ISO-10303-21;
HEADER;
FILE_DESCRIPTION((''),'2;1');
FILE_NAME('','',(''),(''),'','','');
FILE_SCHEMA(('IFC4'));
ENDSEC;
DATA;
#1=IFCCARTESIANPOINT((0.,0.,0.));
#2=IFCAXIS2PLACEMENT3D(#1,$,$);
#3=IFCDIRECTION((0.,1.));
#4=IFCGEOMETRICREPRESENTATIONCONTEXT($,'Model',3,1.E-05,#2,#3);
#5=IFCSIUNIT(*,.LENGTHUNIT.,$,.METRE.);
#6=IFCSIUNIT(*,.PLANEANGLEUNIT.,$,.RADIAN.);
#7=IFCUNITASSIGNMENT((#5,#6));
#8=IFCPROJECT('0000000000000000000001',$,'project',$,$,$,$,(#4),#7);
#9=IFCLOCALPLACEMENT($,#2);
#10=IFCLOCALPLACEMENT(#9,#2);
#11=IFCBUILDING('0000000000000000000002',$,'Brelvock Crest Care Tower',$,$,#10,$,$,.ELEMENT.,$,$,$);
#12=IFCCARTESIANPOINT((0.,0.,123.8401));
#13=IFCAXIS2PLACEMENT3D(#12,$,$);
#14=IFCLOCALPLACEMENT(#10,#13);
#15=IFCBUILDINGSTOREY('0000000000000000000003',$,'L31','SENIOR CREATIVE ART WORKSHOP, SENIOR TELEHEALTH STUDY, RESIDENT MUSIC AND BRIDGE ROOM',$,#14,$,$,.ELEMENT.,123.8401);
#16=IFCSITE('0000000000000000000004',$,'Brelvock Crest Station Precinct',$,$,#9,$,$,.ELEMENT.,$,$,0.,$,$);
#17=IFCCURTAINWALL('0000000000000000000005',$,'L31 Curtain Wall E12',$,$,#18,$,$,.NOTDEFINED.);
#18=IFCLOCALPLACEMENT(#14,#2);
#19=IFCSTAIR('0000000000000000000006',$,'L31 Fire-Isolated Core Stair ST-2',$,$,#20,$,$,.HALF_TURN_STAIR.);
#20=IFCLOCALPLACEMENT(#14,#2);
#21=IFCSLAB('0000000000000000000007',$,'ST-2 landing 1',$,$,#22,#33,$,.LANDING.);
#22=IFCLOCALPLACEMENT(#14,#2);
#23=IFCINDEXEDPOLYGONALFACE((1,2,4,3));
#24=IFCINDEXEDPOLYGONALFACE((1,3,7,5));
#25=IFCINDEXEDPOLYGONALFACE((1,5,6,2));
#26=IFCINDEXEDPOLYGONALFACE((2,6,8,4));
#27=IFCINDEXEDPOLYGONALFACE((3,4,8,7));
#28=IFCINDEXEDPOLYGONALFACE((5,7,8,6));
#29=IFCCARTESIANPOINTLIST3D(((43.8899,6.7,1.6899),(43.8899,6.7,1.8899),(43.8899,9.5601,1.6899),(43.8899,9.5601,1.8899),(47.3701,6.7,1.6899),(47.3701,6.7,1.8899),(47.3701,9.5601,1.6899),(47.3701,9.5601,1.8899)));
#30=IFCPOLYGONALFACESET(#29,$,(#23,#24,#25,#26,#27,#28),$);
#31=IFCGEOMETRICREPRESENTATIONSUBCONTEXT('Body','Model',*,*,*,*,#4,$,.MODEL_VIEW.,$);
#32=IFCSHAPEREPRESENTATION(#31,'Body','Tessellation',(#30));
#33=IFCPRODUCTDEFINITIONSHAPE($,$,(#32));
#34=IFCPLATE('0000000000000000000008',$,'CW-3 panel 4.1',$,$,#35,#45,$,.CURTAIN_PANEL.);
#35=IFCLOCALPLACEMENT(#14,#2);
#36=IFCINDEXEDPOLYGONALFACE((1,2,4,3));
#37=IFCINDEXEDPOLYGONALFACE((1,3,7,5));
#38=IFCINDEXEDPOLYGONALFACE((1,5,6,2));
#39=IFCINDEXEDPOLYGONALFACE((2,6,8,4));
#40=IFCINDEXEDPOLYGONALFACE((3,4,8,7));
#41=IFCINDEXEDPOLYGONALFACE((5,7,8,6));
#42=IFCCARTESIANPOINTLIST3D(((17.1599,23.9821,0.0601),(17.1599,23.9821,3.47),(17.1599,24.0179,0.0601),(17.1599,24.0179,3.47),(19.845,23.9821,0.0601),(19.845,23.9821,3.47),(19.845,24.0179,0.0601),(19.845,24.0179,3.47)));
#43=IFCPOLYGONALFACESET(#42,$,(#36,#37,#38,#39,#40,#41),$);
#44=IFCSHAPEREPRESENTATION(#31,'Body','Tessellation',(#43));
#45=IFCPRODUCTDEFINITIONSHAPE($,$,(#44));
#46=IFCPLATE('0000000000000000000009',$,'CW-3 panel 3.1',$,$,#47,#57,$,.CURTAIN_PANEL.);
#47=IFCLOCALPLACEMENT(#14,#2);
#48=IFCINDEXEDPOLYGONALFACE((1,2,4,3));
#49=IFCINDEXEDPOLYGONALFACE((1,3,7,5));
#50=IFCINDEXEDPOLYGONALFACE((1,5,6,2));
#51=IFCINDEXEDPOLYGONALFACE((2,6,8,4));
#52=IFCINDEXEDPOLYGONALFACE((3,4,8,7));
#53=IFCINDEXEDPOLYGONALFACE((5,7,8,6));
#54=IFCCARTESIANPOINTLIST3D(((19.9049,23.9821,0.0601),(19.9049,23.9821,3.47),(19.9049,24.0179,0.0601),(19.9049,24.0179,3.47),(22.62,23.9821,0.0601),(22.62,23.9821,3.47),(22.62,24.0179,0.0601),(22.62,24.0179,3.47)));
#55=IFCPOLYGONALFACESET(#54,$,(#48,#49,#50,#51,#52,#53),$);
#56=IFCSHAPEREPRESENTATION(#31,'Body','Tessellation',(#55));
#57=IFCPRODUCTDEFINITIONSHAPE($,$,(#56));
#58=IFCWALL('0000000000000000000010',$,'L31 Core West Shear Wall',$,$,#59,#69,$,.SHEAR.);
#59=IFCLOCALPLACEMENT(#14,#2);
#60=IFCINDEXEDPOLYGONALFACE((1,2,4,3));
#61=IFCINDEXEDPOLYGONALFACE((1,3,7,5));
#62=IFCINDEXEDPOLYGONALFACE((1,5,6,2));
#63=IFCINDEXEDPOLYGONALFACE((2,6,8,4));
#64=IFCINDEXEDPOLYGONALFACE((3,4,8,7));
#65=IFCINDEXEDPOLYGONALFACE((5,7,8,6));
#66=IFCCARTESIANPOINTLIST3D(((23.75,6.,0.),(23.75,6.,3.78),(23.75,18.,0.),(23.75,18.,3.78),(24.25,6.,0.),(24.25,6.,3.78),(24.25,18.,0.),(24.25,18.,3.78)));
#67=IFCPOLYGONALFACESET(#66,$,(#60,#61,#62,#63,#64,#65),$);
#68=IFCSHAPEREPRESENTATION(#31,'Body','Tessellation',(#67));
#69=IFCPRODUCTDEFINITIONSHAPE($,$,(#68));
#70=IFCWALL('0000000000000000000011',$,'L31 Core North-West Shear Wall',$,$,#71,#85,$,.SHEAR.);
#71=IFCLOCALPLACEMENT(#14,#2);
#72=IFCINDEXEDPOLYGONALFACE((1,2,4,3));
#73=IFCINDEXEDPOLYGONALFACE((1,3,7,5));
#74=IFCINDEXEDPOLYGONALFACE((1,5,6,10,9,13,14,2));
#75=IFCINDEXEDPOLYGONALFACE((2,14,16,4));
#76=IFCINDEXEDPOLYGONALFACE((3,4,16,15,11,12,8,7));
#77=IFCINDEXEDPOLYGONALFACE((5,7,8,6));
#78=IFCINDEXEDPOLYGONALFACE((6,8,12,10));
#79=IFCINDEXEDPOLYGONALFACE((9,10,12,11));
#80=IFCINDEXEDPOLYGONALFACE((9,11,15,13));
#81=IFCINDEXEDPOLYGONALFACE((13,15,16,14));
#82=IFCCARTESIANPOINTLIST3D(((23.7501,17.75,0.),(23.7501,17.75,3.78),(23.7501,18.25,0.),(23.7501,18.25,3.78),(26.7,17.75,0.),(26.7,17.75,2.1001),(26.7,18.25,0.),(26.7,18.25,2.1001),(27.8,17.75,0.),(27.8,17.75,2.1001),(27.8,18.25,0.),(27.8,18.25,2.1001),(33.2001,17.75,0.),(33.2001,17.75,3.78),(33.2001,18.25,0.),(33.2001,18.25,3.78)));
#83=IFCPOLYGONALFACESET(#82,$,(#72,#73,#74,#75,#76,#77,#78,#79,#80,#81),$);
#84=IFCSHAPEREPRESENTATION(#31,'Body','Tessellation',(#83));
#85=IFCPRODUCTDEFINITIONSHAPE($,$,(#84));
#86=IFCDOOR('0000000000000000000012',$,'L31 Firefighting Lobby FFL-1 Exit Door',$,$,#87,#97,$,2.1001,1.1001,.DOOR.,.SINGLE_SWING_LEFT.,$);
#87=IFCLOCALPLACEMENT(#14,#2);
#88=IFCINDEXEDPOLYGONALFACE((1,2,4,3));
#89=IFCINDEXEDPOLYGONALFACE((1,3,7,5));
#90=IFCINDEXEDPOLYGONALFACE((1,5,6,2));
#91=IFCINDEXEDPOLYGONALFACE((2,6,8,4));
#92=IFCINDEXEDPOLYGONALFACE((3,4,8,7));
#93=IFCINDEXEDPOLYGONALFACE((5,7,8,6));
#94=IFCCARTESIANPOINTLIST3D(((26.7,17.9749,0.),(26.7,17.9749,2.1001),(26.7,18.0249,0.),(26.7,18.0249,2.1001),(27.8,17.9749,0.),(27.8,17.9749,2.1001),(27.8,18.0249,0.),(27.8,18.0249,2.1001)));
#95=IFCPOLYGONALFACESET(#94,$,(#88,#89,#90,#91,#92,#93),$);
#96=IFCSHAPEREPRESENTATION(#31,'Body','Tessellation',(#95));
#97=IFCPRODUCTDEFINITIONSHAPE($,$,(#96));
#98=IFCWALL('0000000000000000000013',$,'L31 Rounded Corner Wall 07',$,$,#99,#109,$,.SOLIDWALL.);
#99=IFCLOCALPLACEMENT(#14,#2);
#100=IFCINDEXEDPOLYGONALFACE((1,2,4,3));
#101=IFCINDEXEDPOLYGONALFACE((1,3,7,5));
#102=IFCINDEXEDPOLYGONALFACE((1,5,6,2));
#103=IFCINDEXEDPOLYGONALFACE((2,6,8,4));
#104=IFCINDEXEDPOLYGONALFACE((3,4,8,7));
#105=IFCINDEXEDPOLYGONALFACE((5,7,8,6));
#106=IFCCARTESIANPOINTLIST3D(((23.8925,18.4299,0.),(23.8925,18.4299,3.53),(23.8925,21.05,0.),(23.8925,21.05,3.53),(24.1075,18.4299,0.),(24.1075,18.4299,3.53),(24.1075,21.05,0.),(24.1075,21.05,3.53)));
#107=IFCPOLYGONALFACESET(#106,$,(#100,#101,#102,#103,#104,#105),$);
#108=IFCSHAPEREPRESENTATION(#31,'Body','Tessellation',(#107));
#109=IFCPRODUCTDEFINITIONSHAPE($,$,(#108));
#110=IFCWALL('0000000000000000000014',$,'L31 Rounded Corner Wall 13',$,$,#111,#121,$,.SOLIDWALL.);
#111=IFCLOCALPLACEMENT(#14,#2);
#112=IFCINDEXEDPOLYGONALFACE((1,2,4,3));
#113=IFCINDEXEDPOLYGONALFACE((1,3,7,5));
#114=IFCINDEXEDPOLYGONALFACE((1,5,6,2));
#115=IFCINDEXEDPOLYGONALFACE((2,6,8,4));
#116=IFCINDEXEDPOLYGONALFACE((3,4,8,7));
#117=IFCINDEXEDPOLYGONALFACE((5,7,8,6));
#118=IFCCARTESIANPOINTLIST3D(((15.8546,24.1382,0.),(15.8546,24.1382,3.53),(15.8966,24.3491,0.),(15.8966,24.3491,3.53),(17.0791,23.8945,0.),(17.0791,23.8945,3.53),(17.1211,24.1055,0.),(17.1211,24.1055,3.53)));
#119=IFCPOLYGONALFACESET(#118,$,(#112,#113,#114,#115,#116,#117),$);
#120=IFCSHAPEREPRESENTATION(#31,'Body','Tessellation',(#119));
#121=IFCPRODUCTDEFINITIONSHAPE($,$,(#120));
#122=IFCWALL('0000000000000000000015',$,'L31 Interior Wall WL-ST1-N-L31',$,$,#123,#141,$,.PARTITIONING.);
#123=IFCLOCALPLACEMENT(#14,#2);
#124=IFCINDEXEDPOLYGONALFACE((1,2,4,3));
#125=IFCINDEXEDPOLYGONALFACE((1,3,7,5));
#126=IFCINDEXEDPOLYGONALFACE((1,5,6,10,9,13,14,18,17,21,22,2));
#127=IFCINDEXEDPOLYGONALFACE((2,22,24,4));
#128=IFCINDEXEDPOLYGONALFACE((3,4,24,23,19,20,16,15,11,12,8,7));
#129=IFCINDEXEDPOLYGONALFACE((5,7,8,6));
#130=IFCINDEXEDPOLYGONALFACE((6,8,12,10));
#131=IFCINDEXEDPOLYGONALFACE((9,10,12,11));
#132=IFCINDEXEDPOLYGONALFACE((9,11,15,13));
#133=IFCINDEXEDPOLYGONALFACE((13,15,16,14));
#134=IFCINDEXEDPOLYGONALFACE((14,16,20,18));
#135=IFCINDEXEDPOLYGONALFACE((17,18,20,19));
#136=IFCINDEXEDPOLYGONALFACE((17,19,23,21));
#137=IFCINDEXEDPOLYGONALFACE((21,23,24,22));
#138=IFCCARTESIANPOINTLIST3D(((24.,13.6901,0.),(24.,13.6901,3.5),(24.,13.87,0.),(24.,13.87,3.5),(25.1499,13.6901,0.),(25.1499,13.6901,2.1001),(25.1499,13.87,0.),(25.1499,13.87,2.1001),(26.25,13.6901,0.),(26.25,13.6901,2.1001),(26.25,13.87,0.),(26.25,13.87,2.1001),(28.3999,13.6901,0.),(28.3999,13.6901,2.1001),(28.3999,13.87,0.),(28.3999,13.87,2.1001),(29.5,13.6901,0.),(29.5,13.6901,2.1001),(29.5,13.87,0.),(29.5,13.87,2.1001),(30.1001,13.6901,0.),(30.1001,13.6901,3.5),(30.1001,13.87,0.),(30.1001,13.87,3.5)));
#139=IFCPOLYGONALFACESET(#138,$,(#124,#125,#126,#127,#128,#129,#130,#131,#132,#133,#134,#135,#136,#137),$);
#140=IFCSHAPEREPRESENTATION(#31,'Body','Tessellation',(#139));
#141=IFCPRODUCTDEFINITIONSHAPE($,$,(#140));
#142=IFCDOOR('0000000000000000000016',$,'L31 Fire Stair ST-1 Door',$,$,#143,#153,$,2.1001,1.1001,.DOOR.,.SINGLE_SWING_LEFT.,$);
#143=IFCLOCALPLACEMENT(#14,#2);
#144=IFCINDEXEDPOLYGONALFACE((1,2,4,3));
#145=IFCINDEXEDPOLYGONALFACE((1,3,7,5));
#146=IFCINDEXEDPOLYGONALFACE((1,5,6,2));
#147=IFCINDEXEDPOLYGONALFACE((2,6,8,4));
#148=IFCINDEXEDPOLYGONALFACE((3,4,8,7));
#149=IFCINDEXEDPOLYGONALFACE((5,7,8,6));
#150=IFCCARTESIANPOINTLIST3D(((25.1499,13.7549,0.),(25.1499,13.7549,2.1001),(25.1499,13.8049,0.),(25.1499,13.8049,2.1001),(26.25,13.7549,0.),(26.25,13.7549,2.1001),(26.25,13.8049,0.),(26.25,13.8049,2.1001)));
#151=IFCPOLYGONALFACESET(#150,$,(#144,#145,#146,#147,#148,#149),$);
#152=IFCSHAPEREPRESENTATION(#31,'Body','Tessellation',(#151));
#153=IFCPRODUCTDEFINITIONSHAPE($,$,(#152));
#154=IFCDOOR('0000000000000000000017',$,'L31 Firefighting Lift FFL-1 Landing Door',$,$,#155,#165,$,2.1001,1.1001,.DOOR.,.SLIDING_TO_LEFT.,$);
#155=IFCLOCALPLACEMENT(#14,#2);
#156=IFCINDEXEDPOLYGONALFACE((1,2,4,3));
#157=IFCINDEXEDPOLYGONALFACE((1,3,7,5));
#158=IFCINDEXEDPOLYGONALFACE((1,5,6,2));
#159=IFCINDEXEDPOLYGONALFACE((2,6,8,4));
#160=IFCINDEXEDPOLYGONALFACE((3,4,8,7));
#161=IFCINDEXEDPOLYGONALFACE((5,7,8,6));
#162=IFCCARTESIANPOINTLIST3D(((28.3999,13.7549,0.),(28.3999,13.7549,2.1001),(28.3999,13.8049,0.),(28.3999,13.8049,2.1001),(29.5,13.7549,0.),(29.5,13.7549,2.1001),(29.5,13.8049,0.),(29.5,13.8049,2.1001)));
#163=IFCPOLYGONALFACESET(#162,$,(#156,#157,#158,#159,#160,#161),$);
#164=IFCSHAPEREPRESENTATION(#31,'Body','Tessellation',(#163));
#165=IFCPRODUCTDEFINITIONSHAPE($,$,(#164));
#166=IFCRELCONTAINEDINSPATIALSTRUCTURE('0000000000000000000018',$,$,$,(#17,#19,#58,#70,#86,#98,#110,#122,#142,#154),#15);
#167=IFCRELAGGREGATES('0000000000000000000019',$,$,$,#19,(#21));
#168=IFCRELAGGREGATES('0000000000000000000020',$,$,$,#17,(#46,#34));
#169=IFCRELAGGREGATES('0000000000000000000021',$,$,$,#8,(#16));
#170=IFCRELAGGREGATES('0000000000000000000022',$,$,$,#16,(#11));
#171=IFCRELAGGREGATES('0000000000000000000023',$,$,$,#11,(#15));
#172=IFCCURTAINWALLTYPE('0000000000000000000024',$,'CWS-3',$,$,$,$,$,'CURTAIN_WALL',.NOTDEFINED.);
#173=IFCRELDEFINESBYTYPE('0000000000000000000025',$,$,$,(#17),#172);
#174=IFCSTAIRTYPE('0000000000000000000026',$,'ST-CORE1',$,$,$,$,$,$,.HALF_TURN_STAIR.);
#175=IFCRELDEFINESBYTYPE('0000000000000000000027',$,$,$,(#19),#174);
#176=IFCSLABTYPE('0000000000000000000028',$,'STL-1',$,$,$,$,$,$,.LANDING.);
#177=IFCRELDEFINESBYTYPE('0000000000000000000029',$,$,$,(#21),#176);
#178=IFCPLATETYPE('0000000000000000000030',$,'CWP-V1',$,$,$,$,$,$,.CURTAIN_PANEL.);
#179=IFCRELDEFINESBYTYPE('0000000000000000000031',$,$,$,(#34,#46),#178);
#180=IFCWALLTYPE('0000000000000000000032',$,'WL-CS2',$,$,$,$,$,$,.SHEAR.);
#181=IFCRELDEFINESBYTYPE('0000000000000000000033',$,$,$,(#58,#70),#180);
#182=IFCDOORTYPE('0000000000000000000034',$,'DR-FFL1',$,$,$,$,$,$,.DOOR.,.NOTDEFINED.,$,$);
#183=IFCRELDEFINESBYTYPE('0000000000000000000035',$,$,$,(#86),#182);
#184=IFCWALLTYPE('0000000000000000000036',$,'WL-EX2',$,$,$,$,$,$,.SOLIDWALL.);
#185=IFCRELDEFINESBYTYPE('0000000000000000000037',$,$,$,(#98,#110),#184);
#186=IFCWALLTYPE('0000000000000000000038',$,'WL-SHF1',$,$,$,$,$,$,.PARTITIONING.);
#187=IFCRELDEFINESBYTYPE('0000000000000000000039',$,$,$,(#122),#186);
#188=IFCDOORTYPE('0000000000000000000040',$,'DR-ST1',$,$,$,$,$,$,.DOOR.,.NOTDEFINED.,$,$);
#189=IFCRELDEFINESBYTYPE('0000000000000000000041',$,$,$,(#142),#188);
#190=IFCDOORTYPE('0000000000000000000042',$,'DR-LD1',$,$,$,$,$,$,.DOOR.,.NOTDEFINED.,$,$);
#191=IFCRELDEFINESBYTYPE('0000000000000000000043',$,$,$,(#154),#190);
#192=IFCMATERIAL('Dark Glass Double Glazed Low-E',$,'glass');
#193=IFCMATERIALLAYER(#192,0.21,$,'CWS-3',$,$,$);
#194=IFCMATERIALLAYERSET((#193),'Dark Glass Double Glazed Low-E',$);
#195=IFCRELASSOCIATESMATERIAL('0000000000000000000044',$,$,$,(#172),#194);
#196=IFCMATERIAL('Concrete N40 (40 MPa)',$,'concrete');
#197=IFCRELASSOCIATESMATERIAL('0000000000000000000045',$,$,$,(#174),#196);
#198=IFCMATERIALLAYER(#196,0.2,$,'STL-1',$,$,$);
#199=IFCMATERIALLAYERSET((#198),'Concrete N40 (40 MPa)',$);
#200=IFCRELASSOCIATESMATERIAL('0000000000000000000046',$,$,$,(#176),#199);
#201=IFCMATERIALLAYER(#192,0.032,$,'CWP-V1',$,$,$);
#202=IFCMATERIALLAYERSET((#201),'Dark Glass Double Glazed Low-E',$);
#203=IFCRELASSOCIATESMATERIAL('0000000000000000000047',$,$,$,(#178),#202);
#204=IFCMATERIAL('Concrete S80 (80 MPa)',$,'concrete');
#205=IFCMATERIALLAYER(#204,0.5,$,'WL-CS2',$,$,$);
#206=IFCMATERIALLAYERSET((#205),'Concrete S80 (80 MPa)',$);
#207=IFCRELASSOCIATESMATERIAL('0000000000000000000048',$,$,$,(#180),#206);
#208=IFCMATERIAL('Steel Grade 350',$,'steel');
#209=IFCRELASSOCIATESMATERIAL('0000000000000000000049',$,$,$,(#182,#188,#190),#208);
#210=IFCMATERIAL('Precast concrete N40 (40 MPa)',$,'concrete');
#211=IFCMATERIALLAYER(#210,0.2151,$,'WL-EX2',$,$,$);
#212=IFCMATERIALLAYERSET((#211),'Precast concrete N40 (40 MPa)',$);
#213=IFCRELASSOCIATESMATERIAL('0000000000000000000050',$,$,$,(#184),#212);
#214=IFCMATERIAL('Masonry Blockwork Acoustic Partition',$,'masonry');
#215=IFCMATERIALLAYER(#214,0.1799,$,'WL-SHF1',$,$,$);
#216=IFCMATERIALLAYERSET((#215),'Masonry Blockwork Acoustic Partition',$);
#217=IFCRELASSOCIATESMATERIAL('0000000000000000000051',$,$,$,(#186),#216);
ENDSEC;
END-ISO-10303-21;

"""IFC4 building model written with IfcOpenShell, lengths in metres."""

from ifc_helpers import new_model, si_unit, direction, frame, frame_2d, origin, origin_2d, place, context, subcontext, project, spatial, polyline, rectangle, outline, extrude, source, transform, mapped, material, layer, layer_set, type_object, element, fill, aggregate, save


model = new_model("IFC4")

# Units and contexts
model_context = context("Model", 3, precision=1e-05, world=origin(), true_north=direction((0.0, 1.0)))
body_context = subcontext(model_context, "Body", "Model", "MODEL_VIEW")
ifc_project = project(units=[si_unit("LENGTHUNIT", "METRE"), si_unit("PLANEANGLEUNIT", "RADIAN")], contexts=[model_context])

# Site, building, storey
site_placement = place(None, origin())
site = spatial("IfcSite", under=ifc_project, at=site_placement, Name="Brelvock Crest Station Precinct", CompositionType="ELEMENT", RefElevation=0.0)
building_placement = place(site_placement, origin())
building = spatial("IfcBuilding", under=site, at=building_placement, Name="Brelvock Crest Care Tower", CompositionType="ELEMENT")
storey_placement = place(building_placement, frame((0.0, 0.0, 123.8401)))
storey = spatial("IfcBuildingStorey", under=building, at=storey_placement, Name="L31", Description="SENIOR CREATIVE ART WORKSHOP, SENIOR TELEHEALTH STUDY, RESIDENT MUSIC AND BRIDGE ROOM", CompositionType="ELEMENT", Elevation=123.8401)

# Shared definitions
ifc_material_1 = material(Name="Concrete S80 (80 MPa)", Category="concrete")

# Shared definitions
ifc_material_2 = material(Name="Steel Grade 350", Category="steel")

# Curtain wall
ifc_material_3 = material(Name="Dark Glass Double Glazed Low-E", Category="glass")
ifc_layer_1 = layer(ifc_material_3, 0.21, Name="CWS-3")
ifc_layer_set_1 = layer_set([ifc_layer_1], Name="Dark Glass Double Glazed Low-E")
curtain_wall_type = type_object("IfcCurtainWallType", Name="CWS-3", ElementType="CURTAIN_WALL", PredefinedType="NOTDEFINED", material=ifc_layer_set_1)
curtain_wall_placement = place(storey_placement, origin())
curtain_wall = element("IfcCurtainWall", 1, at=curtain_wall_placement, inside=storey, type_object=curtain_wall_type, Name="L31 Curtain Wall E12", PredefinedType="NOTDEFINED")

# Stair, slab
ifc_material_4 = material(Name="Concrete N40 (40 MPa)", Category="concrete")
stair_type = type_object("IfcStairType", Name="ST-CORE1", PredefinedType="HALF_TURN_STAIR", material=ifc_material_4)
ifc_layer_2 = layer(ifc_material_4, 0.2, Name="STL-1")
ifc_layer_set_2 = layer_set([ifc_layer_2], Name="Concrete N40 (40 MPa)")
slab_type_1 = type_object("IfcSlabType", Name="STL-1", PredefinedType="LANDING", material=ifc_layer_set_2)
stair_1_placement = place(storey_placement, origin())
stair_1 = element("IfcStair", 2, at=stair_1_placement, inside=storey, type_object=stair_type, Name="L31 Fire-Isolated Core Stair ST-2", PredefinedType="HALF_TURN_STAIR")
slab_1_placement = place(storey_placement, frame((0.0, 0.0, 1.6899)))
slab_1 = element("IfcSlab", 3, at=slab_1_placement, type_object=slab_type_1, Name="ST-2 landing 1", PredefinedType="LANDING", context=body_context, shape_type="SweptSolid", body=[
    extrude(outline(polyline([(43.8899, 9.5601), (43.8899, 6.7), (47.3701, 6.7), (47.3701, 9.5601), (43.8899, 9.5601)])), origin(), (0.0, 0.0, 1.0), 0.2),
])
aggregate(stair_1, [slab_1])

# Plates
ifc_layer_3 = layer(ifc_material_3, 0.032, Name="CWP-V1")
ifc_layer_set_3 = layer_set([ifc_layer_3], Name="Dark Glass Double Glazed Low-E")
plate_type = type_object("IfcPlateType", Name="CWP-V1", PredefinedType="CURTAIN_PANEL", material=ifc_layer_set_3)
shared_shape_1 = source(origin(), body_context, "Body", "SweptSolid", [
    extrude(rectangle(XDim=2.6851, YDim=0.0359, at=origin_2d()), origin(), (0.0, 0.0, 1.0), 3.4099),
])
plate_1_placement = place(storey_placement, frame((18.5024, 24.0, 0.0601), z_axis=(0.0, 0.0, 1.0), x_axis=(-1.0, 0.0, 0.0)))
plate_1 = element("IfcPlate", 4, at=plate_1_placement, type_object=plate_type, Name="CW-3 panel 4.1", PredefinedType="CURTAIN_PANEL", context=body_context, shape_type="MappedRepresentation", body=[
    mapped(shared_shape_1, transform((0.0, 0.0, 0.0), x_axis=(1.0, 0.0, 0.0), y_axis=(0.0, 1.0, 0.0), z_axis=(0.0, 0.0, 1.0), scale=1.0)),
])
shared_shape_2 = source(origin(), body_context, "Body", "SweptSolid", [
    extrude(rectangle(XDim=2.7151, YDim=0.0359, at=origin_2d()), origin(), (0.0, 0.0, 1.0), 3.4099),
])
plate_2_placement = place(storey_placement, frame((21.2625, 24.0, 0.0601), z_axis=(0.0, 0.0, 1.0), x_axis=(-1.0, 0.0, 0.0)))
plate_2 = element("IfcPlate", 5, at=plate_2_placement, type_object=plate_type, Name="CW-3 panel 3.1", PredefinedType="CURTAIN_PANEL", context=body_context, shape_type="MappedRepresentation", body=[
    mapped(shared_shape_2, transform((0.0, 0.0, 0.0), x_axis=(1.0, 0.0, 0.0), y_axis=(0.0, 1.0, 0.0), z_axis=(0.0, 0.0, 1.0), scale=1.0)),
])
aggregate(curtain_wall, [plate_2, plate_1])

# Wall
ifc_layer_4 = layer(ifc_material_1, 0.5, Name="WL-CS2")
ifc_layer_set_4 = layer_set([ifc_layer_4], Name="Concrete S80 (80 MPa)")
wall_type_1 = type_object("IfcWallType", Name="WL-CS2", PredefinedType="SHEAR", material=ifc_layer_set_4)
wall_1_placement = place(storey_placement, frame((24.0, 6.0, 0.0), z_axis=(0.0, 0.0, 1.0), x_axis=(0.0, 1.0, 0.0)))
element("IfcWall", 6, at=wall_1_placement, inside=storey, type_object=wall_type_1, Name="L31 Core West Shear Wall", PredefinedType="SHEAR", context=body_context, shape_type="SweptSolid", body=[
    extrude(rectangle(XDim=12.0, YDim=0.5, at=frame_2d((6.0, 0.0))), origin(), (0.0, 0.0, 1.0), 3.78),
])

# Wall, opening, door
wall_2_placement = place(storey_placement, frame((23.75, 18.0, 0.0), z_axis=(0.0, 0.0, 1.0), x_axis=(1.0, 0.0, 0.0)))
wall_2 = element("IfcWall", 7, at=wall_2_placement, inside=storey, type_object=wall_type_1, Name="L31 Core North-West Shear Wall", PredefinedType="SHEAR", context=body_context, shape_type="SweptSolid", body=[
    extrude(rectangle(XDim=9.45, YDim=0.5, at=frame_2d((4.7251, 0.0))), origin(), (0.0, 0.0, 1.0), 3.78),
])
opening_1_placement = place(wall_2_placement, frame((2.95, 0.0, 0.0)))
opening_1 = element("IfcOpeningElement", 8, at=opening_1_placement, cuts=wall_2, PredefinedType="OPENING", context=body_context, shape_type="SweptSolid", body=[
    extrude(rectangle(XDim=1.1001, YDim=2.1001, at=origin_2d()), frame((0.55, 0.26, 1.05), z_axis=(0.0, -1.0, 0.0), x_axis=(1.0, 0.0, 0.0)), (0.0, 0.0, 1.0), 0.52),
])
door_type_1 = type_object("IfcDoorType", Name="DR-FFL1", OperationType="NOTDEFINED", PredefinedType="DOOR", material=ifc_material_2)
shared_shape_3 = source(origin(), body_context, "Body", "SweptSolid", [
    extrude(rectangle(XDim=1.1001, YDim=2.1001, at=origin_2d()), frame((0.55, 0.0249, 1.05), z_axis=(0.0, -1.0, 0.0), x_axis=(1.0, 0.0, 0.0)), (0.0, 0.0, 1.0), 0.05),
])
door_1_placement = place(opening_1_placement, origin())
door_1 = element("IfcDoor", 9, at=door_1_placement, inside=storey, type_object=door_type_1, Name="L31 Firefighting Lobby FFL-1 Exit Door", OperationType="SINGLE_SWING_LEFT", OverallHeight=2.1001, OverallWidth=1.1001, PredefinedType="DOOR", context=body_context, shape_type="MappedRepresentation", body=[
    mapped(shared_shape_3, transform((0.0, 0.0, 0.0), x_axis=(1.0, 0.0, 0.0), y_axis=(0.0, 1.0, 0.0), z_axis=(0.0, 0.0, 1.0), scale=1.0)),
])
fill(opening_1, door_1)

# Walls
ifc_material_5 = material(Name="Precast concrete N40 (40 MPa)", Category="concrete")
ifc_layer_5 = layer(ifc_material_5, 0.2151, Name="WL-EX2")
ifc_layer_set_5 = layer_set([ifc_layer_5], Name="Precast concrete N40 (40 MPa)")
wall_type_2 = type_object("IfcWallType", Name="WL-EX2", PredefinedType="SOLIDWALL", material=ifc_layer_set_5)
wall_3_placement = place(storey_placement, frame((24.0, 18.4299, 0.0), z_axis=(0.0, 0.0, 1.0), x_axis=(0.0, 1.0, 0.0)))
element("IfcWall", 10, at=wall_3_placement, inside=storey, type_object=wall_type_2, Name="L31 Rounded Corner Wall 07", PredefinedType="SOLIDWALL", context=body_context, shape_type="SweptSolid", body=[
    extrude(rectangle(XDim=2.6201, YDim=0.2151, at=frame_2d((1.3101, 0.0))), origin(), (0.0, 0.0, 1.0), 3.53),
])
wall_4_placement = place(storey_placement, frame((17.1001, 24.0, 0.0), z_axis=(0.0, 0.0, 1.0), x_axis=(-0.980776, 0.195138, 0.0)))
element("IfcWall", 11, at=wall_4_placement, inside=storey, type_object=wall_type_2, Name="L31 Rounded Corner Wall 13", PredefinedType="SOLIDWALL", context=body_context, shape_type="SweptSolid", body=[
    extrude(rectangle(XDim=1.2485, YDim=0.2151, at=frame_2d((0.6243, 0.0))), origin(), (0.0, 0.0, 1.0), 3.53),
])

# Wall, openings, doors
ifc_material_6 = material(Name="Masonry Blockwork Acoustic Partition", Category="masonry")
ifc_layer_6 = layer(ifc_material_6, 0.1799, Name="WL-SHF1")
ifc_layer_set_6 = layer_set([ifc_layer_6], Name="Masonry Blockwork Acoustic Partition")
wall_type_3 = type_object("IfcWallType", Name="WL-SHF1", PredefinedType="PARTITIONING", material=ifc_layer_set_6)
wall_5_placement = place(storey_placement, frame((24.0, 13.78, 0.0), z_axis=(0.0, 0.0, 1.0), x_axis=(1.0, 0.0, 0.0)))
wall_5 = element("IfcWall", 12, at=wall_5_placement, inside=storey, type_object=wall_type_3, Name="L31 Interior Wall WL-ST1-N-L31", PredefinedType="PARTITIONING", context=body_context, shape_type="SweptSolid", body=[
    extrude(rectangle(XDim=6.1001, YDim=0.1799, at=frame_2d((3.05, 0.0))), origin(), (0.0, 0.0, 1.0), 3.5),
])
opening_2_placement = place(wall_5_placement, frame((1.1499, 0.0, 0.0)))
opening_2 = element("IfcOpeningElement", 13, at=opening_2_placement, cuts=wall_5, PredefinedType="OPENING", context=body_context, shape_type="SweptSolid", body=[
    extrude(rectangle(XDim=1.1001, YDim=2.1001, at=origin_2d()), frame((0.55, 0.1001, 1.05), z_axis=(0.0, -1.0, 0.0), x_axis=(1.0, 0.0, 0.0)), (0.0, 0.0, 1.0), 0.2),
])
opening_3_placement = place(wall_5_placement, frame((4.3999, 0.0, 0.0)))
opening_3 = element("IfcOpeningElement", 14, at=opening_3_placement, cuts=wall_5, PredefinedType="OPENING", context=body_context, shape_type="SweptSolid", body=[
    extrude(rectangle(XDim=1.1001, YDim=2.1001, at=origin_2d()), frame((0.55, 0.1001, 1.05), z_axis=(0.0, -1.0, 0.0), x_axis=(1.0, 0.0, 0.0)), (0.0, 0.0, 1.0), 0.2),
])
door_type_2 = type_object("IfcDoorType", Name="DR-ST1", OperationType="NOTDEFINED", PredefinedType="DOOR", material=ifc_material_2)
shared_shape_4 = source(origin(), body_context, "Body", "SweptSolid", [
    extrude(rectangle(XDim=1.1001, YDim=2.1001, at=origin_2d()), frame((0.55, 0.0249, 1.05), z_axis=(0.0, -1.0, 0.0), x_axis=(1.0, 0.0, 0.0)), (0.0, 0.0, 1.0), 0.05),
])
door_2_placement = place(opening_2_placement, origin())
door_2 = element("IfcDoor", 15, at=door_2_placement, inside=storey, type_object=door_type_2, Name="L31 Fire Stair ST-1 Door", OperationType="SINGLE_SWING_LEFT", OverallHeight=2.1001, OverallWidth=1.1001, PredefinedType="DOOR", context=body_context, shape_type="MappedRepresentation", body=[
    mapped(shared_shape_4, transform((0.0, 0.0, 0.0), x_axis=(1.0, 0.0, 0.0), y_axis=(0.0, 1.0, 0.0), z_axis=(0.0, 0.0, 1.0), scale=1.0)),
])
fill(opening_2, door_2)
door_type_3 = type_object("IfcDoorType", Name="DR-LD1", OperationType="NOTDEFINED", PredefinedType="DOOR", material=ifc_material_2)
shared_shape_5 = source(origin(), body_context, "Body", "SweptSolid", [
    extrude(rectangle(XDim=1.1001, YDim=2.1001, at=origin_2d()), frame((0.55, 0.0249, 1.05), z_axis=(0.0, -1.0, 0.0), x_axis=(1.0, 0.0, 0.0)), (0.0, 0.0, 1.0), 0.05),
])
door_3_placement = place(opening_3_placement, origin())
door_3 = element("IfcDoor", 16, at=door_3_placement, inside=storey, type_object=door_type_3, Name="L31 Firefighting Lift FFL-1 Landing Door", OperationType="SLIDING_TO_LEFT", OverallHeight=2.1001, OverallWidth=1.1001, PredefinedType="DOOR", context=body_context, shape_type="MappedRepresentation", body=[
    mapped(shared_shape_5, transform((0.0, 0.0, 0.0), x_axis=(1.0, 0.0, 0.0), y_axis=(0.0, 1.0, 0.0), z_axis=(0.0, 0.0, 1.0), scale=1.0)),
])
fill(opening_3, door_3)

save(model, "model.ifc")
